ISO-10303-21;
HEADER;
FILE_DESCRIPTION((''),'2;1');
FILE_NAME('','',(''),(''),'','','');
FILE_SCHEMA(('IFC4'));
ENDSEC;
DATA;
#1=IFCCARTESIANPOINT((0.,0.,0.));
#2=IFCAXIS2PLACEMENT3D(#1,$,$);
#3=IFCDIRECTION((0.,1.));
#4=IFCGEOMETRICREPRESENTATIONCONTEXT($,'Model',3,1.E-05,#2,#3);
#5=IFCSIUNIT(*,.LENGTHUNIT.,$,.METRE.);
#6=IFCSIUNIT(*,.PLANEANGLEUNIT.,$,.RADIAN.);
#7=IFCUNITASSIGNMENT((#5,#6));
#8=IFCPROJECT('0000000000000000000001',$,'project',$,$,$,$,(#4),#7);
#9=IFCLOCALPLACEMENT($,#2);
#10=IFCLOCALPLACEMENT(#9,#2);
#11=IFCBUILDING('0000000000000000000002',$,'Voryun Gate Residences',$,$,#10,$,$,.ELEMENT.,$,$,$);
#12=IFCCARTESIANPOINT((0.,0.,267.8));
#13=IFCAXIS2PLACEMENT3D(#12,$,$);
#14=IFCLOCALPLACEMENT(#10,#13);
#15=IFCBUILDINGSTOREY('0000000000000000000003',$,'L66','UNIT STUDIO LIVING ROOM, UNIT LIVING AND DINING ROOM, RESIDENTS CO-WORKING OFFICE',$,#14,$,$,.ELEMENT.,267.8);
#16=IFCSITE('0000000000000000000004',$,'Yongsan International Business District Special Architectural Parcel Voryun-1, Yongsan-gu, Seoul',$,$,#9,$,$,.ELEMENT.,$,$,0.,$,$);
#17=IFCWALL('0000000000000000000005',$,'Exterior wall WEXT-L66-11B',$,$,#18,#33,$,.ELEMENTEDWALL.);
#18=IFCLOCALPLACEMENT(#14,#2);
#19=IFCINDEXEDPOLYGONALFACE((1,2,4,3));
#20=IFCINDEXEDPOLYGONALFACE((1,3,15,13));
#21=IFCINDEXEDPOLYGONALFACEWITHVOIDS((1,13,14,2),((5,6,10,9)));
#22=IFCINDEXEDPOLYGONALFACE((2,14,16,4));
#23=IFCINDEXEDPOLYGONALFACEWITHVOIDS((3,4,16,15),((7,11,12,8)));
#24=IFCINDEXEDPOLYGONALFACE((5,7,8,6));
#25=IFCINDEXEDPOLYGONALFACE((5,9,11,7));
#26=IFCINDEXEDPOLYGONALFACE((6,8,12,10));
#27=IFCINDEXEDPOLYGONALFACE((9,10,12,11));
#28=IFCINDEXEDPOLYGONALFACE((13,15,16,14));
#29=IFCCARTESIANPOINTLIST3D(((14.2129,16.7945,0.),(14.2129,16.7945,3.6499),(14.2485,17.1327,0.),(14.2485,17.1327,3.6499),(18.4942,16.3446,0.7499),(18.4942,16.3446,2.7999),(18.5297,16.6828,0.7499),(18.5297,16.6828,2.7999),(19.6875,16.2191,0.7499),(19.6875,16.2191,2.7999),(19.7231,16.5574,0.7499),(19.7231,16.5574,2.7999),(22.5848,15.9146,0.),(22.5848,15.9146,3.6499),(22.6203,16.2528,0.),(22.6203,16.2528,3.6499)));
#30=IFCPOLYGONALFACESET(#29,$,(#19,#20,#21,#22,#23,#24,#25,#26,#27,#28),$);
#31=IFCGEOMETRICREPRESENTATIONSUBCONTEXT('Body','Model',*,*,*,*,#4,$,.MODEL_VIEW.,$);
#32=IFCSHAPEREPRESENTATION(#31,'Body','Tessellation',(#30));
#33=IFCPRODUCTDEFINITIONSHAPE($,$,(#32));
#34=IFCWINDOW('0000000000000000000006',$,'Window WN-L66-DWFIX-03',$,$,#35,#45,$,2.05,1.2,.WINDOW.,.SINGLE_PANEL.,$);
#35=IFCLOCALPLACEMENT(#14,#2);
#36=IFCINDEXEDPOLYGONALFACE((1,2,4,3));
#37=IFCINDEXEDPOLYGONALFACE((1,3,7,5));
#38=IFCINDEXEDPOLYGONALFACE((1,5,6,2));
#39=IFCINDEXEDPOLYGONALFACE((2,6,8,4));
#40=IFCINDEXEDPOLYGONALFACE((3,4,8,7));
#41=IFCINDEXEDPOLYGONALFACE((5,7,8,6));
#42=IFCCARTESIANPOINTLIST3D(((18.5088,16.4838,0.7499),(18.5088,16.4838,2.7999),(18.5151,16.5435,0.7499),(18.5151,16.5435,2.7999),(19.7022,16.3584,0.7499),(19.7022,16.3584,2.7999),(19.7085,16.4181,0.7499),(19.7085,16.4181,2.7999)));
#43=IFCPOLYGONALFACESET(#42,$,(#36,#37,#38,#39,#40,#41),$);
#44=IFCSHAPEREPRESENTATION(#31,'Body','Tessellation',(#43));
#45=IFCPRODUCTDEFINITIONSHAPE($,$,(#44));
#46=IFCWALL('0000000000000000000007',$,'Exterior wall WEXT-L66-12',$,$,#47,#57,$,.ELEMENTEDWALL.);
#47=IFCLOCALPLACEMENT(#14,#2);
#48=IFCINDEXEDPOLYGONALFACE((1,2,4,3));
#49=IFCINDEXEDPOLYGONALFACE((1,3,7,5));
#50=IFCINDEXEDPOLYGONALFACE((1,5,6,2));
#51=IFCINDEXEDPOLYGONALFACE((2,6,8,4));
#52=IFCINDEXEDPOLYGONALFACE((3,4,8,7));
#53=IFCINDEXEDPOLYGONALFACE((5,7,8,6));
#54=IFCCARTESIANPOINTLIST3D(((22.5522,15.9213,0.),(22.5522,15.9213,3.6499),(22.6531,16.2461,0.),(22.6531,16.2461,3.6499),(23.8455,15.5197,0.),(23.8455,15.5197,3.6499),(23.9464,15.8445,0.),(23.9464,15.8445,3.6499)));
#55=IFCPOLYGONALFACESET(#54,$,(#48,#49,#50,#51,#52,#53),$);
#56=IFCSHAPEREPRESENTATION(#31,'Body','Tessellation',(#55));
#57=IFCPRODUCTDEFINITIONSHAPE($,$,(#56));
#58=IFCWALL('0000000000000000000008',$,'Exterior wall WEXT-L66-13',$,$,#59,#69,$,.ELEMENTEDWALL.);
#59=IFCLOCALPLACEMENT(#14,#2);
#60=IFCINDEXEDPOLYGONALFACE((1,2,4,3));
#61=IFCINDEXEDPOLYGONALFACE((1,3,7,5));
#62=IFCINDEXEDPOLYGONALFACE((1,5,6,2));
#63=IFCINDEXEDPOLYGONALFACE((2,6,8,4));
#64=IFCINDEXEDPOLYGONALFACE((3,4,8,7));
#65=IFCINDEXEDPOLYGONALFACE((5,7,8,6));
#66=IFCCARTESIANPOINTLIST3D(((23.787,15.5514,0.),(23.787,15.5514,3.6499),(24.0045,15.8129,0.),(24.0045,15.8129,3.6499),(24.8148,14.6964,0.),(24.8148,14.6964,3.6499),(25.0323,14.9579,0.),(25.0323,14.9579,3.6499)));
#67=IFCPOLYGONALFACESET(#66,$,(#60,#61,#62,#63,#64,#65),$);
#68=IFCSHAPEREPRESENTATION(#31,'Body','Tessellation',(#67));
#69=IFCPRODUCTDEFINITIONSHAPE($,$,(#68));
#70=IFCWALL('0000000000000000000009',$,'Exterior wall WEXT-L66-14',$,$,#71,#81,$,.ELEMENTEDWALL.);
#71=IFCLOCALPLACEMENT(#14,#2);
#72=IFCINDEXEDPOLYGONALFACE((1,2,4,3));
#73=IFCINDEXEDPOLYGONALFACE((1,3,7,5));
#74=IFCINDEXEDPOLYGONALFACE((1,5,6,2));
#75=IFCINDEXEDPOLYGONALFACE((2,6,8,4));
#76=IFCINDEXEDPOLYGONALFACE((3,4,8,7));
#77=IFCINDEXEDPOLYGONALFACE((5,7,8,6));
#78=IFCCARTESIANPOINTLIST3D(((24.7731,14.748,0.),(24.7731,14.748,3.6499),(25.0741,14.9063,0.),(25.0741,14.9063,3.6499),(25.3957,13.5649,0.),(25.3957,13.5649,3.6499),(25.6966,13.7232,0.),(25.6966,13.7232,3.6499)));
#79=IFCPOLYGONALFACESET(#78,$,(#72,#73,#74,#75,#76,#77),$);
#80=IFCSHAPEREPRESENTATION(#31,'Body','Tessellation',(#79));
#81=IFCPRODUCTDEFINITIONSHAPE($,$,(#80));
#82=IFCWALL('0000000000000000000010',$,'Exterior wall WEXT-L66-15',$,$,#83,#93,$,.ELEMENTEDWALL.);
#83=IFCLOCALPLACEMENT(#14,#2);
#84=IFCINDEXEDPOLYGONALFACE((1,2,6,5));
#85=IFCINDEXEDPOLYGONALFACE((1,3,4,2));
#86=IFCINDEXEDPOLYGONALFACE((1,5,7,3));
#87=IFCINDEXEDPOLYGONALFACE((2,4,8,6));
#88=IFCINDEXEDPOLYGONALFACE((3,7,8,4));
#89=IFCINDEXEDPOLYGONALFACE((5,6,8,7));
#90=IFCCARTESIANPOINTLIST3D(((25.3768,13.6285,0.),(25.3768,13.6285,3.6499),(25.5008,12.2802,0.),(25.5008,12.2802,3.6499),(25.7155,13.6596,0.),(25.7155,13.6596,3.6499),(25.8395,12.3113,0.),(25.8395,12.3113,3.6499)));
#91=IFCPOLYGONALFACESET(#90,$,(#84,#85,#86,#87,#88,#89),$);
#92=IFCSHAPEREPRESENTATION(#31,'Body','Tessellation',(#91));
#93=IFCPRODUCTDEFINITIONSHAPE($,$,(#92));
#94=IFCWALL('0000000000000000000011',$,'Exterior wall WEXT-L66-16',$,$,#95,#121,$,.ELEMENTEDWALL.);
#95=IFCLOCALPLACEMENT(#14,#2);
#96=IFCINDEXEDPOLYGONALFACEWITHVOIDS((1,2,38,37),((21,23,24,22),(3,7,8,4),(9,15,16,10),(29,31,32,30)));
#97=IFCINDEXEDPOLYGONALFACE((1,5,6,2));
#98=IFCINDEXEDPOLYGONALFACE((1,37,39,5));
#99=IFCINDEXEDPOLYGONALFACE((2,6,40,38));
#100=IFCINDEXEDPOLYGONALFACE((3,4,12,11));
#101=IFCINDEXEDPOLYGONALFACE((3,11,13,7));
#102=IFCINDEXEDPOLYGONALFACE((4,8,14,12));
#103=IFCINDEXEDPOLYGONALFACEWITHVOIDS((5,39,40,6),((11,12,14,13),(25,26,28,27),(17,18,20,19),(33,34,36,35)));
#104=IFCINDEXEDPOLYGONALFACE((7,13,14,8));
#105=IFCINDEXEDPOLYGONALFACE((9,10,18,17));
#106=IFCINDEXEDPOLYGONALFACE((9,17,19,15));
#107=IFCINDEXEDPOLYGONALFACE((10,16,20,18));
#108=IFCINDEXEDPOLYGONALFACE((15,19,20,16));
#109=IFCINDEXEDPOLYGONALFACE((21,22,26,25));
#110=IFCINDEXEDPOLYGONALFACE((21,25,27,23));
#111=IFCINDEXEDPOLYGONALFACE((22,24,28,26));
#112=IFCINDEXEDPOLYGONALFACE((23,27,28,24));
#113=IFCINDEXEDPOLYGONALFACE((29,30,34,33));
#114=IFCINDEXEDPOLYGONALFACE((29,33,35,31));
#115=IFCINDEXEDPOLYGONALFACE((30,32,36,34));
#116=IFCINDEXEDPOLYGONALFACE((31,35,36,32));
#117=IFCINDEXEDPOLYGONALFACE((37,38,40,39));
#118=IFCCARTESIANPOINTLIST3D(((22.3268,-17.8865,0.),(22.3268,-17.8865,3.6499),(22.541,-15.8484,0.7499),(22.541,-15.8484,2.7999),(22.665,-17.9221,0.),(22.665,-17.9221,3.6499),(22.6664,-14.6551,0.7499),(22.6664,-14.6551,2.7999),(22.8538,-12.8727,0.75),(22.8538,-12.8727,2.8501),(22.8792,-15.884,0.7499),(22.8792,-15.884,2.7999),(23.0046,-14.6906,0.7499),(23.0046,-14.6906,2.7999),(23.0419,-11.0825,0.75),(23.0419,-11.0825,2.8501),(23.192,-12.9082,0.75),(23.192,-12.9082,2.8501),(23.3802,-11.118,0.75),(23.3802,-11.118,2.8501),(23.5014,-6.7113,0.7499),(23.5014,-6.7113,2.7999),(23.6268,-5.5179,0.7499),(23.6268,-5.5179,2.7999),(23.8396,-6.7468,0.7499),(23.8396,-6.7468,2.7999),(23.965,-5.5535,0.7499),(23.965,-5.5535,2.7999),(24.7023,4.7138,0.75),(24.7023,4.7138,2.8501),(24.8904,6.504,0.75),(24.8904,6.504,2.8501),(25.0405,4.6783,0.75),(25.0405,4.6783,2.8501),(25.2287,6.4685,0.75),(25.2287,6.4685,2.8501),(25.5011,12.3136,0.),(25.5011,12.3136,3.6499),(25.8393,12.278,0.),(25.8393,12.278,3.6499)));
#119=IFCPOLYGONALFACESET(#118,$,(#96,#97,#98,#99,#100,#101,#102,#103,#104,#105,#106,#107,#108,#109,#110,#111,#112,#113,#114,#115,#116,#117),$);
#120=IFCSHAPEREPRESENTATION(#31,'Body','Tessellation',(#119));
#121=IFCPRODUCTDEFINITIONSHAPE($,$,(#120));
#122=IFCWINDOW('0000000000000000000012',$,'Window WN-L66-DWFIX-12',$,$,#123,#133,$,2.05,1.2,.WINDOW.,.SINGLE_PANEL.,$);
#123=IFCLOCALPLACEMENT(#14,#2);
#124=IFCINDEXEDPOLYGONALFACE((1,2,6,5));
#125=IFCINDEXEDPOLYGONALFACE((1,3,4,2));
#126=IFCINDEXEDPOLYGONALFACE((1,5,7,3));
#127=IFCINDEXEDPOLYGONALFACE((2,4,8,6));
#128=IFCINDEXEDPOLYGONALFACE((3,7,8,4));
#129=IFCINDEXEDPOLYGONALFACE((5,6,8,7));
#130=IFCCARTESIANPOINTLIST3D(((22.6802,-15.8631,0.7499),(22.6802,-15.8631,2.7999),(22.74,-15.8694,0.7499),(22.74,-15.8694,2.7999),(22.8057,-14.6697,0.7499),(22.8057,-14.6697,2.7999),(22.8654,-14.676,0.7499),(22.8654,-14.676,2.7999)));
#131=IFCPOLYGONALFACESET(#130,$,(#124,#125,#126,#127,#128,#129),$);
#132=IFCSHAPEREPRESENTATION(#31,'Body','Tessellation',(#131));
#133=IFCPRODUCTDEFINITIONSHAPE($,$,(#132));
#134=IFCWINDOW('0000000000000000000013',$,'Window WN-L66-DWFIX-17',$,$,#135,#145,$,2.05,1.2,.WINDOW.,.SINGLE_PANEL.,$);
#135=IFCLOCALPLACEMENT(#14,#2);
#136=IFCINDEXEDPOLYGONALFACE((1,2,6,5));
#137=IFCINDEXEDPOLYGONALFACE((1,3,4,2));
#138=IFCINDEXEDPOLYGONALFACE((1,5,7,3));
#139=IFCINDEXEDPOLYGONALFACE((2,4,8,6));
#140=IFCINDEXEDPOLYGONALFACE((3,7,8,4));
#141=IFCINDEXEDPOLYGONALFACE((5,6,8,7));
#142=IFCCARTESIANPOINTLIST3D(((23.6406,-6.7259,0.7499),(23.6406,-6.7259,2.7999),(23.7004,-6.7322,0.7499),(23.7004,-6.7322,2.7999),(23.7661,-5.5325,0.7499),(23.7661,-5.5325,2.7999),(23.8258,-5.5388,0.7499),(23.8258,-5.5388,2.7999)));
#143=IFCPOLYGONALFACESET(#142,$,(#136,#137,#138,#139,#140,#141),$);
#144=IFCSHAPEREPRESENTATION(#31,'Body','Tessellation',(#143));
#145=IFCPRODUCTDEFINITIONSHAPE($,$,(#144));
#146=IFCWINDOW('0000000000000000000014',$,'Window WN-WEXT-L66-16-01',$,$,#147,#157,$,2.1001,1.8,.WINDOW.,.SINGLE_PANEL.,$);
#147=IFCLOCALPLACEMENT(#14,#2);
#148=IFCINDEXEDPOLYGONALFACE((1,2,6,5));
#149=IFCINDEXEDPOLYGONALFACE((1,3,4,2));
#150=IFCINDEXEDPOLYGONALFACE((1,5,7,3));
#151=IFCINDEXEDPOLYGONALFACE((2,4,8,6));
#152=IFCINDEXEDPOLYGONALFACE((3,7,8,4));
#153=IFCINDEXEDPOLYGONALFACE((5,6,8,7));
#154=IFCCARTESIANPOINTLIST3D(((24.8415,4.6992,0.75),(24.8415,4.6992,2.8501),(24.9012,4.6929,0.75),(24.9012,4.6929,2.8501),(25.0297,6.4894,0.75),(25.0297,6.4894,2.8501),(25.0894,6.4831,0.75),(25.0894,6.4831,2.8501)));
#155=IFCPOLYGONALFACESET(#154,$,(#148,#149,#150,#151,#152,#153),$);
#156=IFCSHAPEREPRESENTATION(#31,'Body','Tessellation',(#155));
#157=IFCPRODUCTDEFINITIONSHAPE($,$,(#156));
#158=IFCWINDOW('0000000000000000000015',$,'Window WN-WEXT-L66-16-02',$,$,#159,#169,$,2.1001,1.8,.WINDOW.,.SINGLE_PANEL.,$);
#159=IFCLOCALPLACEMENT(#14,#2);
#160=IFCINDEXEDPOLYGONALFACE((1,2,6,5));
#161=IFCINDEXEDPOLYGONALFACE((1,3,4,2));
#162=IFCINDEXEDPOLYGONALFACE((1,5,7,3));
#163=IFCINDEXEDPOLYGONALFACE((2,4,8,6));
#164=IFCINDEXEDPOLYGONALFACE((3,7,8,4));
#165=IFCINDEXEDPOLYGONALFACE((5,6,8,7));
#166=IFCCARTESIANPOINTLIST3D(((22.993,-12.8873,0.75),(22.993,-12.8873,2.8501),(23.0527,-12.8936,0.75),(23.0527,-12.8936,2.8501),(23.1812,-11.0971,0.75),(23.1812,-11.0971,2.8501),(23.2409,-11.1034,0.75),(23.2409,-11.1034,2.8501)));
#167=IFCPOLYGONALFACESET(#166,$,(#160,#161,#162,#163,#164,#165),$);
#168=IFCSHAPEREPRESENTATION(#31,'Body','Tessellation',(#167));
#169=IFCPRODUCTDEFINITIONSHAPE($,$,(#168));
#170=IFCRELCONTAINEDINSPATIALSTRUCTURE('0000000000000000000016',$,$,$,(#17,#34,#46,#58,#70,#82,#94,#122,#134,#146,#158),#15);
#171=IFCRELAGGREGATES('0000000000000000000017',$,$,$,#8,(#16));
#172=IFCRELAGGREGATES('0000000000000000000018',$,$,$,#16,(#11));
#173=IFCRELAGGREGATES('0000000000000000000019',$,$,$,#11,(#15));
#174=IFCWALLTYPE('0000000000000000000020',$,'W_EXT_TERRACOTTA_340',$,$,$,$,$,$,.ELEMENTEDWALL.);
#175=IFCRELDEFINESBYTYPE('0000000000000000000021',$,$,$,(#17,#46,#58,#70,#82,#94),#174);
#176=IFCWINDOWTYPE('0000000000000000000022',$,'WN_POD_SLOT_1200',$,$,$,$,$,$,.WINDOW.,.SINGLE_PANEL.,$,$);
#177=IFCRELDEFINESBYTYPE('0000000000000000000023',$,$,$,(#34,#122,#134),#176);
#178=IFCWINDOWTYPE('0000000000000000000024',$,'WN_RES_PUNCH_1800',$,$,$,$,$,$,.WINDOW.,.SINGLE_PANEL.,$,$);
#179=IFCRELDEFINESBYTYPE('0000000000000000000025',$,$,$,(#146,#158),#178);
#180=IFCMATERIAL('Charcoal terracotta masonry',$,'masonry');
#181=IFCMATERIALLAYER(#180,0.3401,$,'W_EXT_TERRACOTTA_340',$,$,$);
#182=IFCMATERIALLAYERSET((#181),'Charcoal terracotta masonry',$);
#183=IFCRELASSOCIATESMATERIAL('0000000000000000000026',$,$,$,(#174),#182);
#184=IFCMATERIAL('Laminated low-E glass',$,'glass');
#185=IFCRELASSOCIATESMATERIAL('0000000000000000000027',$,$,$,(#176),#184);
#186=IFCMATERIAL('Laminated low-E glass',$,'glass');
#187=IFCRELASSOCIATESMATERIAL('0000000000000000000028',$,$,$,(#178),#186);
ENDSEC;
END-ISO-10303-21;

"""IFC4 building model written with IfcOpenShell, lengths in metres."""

from ifc_helpers import new_model, si_unit, direction, frame, frame_2d, origin, place, context, subcontext, project, spatial, rectangle, extrude, material, layer, layer_set, type_object, element, fill, save


model = new_model("IFC4")

# Units and contexts
model_context = context("Model", 3, precision=1e-05, world=origin(), true_north=direction((0.0, 1.0)))
body_context = subcontext(model_context, "Body", "Model", "MODEL_VIEW")
ifc_project = project(units=[si_unit("LENGTHUNIT", "METRE"), si_unit("PLANEANGLEUNIT", "RADIAN")], contexts=[model_context])

# Site, building, storey
site_placement = place(None, origin())
site = spatial("IfcSite", under=ifc_project, at=site_placement, Name="Yongsan International Business District Special Architectural Parcel Voryun-1, Yongsan-gu, Seoul", CompositionType="ELEMENT", RefElevation=0.0)
building_placement = place(site_placement, origin())
building = spatial("IfcBuilding", under=site, at=building_placement, Name="Voryun Gate Residences", CompositionType="ELEMENT")
storey_placement = place(building_placement, frame((0.0, 0.0, 267.8)))
storey = spatial("IfcBuildingStorey", under=building, at=storey_placement, Name="L66", Description="UNIT STUDIO LIVING ROOM, UNIT LIVING AND DINING ROOM, RESIDENTS CO-WORKING OFFICE", CompositionType="ELEMENT", Elevation=267.8)

# Wall, opening, window
ifc_material_1 = material(Name="Charcoal terracotta masonry", Category="masonry")
ifc_layer_1 = layer(ifc_material_1, 0.3401, Name="W_EXT_TERRACOTTA_340")
ifc_layer_set_1 = layer_set([ifc_layer_1], Name="Charcoal terracotta masonry")
wall_type_1 = type_object("IfcWallType", Name="W_EXT_TERRACOTTA_340", PredefinedType="ELEMENTEDWALL", material=ifc_layer_set_1)
wall_1_placement = place(storey_placement, frame((14.2307, 16.9636, 0.0), z_axis=(0.0, 0.0, 1.0), x_axis=(0.994522, -0.104525, 0.0)))
wall_1 = element("IfcWall", 1, at=wall_1_placement, inside=storey, type_object=wall_type_1, Name="Exterior wall WEXT-L66-11B", PredefinedType="ELEMENTEDWALL", context=body_context, shape_type="SweptSolid", body=[
    extrude(rectangle(XDim=8.418, YDim=0.3401, at=frame_2d((4.209, 0.0))), origin(), (0.0, 0.0, 1.0), 3.6499),
])
opening_1_placement = place(wall_1_placement, frame((4.3047, 0.0, 0.75)))
opening_1 = element("IfcOpeningElement", 2, at=opening_1_placement, cuts=wall_1, PredefinedType="OPENING", context=body_context, shape_type="SweptSolid", body=[
    extrude(rectangle(XDim=1.2, YDim=2.05, at=frame_2d((0.6001, 1.0249))), frame((0.0, 0.1799, 0.0), z_axis=(0.0, -1.0, 0.0), x_axis=(1.0, 0.0, 0.0)), (0.0, 0.0, 1.0), 0.3601),
])
ifc_material_2 = material(Name="Laminated low-E glass", Category="glass")
window_type_1 = type_object("IfcWindowType", Name="WN_POD_SLOT_1200", PartitioningType="SINGLE_PANEL", PredefinedType="WINDOW", material=ifc_material_2)
window_1_placement = place(opening_1_placement, origin())
window_1 = element("IfcWindow", 3, at=window_1_placement, inside=storey, type_object=window_type_1, Name="Window WN-L66-DWFIX-03", OverallHeight=2.05, OverallWidth=1.2, PartitioningType="SINGLE_PANEL", PredefinedType="WINDOW", context=body_context, shape_type="SweptSolid", body=[
    extrude(rectangle(XDim=1.2, YDim=2.05, at=frame_2d((0.6001, 1.0249))), frame((0.0, 0.03, 0.0), z_axis=(0.0, -1.0, 0.0), x_axis=(1.0, 0.0, 0.0)), (0.0, 0.0, 1.0), 0.0601),
])
fill(opening_1, window_1)

# Walls
wall_2_placement = place(storey_placement, frame((22.6025, 16.0837, 0.0), z_axis=(0.0, 0.0, 1.0), x_axis=(0.955008, -0.296581, 0.0)))
element("IfcWall", 4, at=wall_2_placement, inside=storey, type_object=wall_type_1, Name="Exterior wall WEXT-L66-12", PredefinedType="ELEMENTEDWALL", context=body_context, shape_type="SweptSolid", body=[
    extrude(rectangle(XDim=1.3542, YDim=0.3401, at=frame_2d((0.6772, 0.0))), origin(), (0.0, 0.0, 1.0), 3.6499),
])
for number, where, z_axis, x_axis, name in (
    (5, (23.8958, 15.6821, 0.0), (0.0, 0.0, 1.0), (0.76879, -0.639502, 0.0), "Exterior wall WEXT-L66-13"),
    (6, (24.9236, 14.8271, 0.0), (0.0, 0.0, 1.0), (0.465671, -0.884958, 0.0), "Exterior wall WEXT-L66-14"),
):
    element("IfcWall", number, at=place(storey_placement, frame(where, z_axis=z_axis, x_axis=x_axis)), inside=storey, type_object=wall_type_1, Name=name, PredefinedType="ELEMENTEDWALL", context=body_context, shape_type="SweptSolid", body=[
        extrude(rectangle(XDim=1.3369, YDim=0.3401, at=frame_2d((0.6685, 0.0))), origin(), (0.0, 0.0, 1.0), 3.6499),
    ])
wall_3_placement = place(storey_placement, frame((25.5461, 13.644, 0.0), z_axis=(0.0, 0.0, 1.0), x_axis=(0.091592, -0.995797, 0.0)))
element("IfcWall", 7, at=wall_3_placement, inside=storey, type_object=wall_type_1, Name="Exterior wall WEXT-L66-15", PredefinedType="ELEMENTEDWALL", context=body_context, shape_type="SweptSolid", body=[
    extrude(rectangle(XDim=1.354, YDim=0.3401, at=frame_2d((0.677, 0.0))), origin(), (0.0, 0.0, 1.0), 3.6499),
])

# Wall, openings, windows
wall_4_placement = place(storey_placement, frame((25.6702, 12.2957, 0.0), z_axis=(0.0, 0.0, 1.0), x_axis=(-0.104533, -0.994521, 0.0)))
wall_4 = element("IfcWall", 8, at=wall_4_placement, inside=storey, type_object=wall_type_1, Name="Exterior wall WEXT-L66-16", PredefinedType="ELEMENTEDWALL", context=body_context, shape_type="SweptSolid", body=[
    extrude(rectangle(XDim=30.3665, YDim=0.3401, at=frame_2d((15.1831, 0.0))), origin(), (0.0, 0.0, 1.0), 3.6499),
])
opening_2_placement = place(wall_4_placement, frame((5.8416, 0.0, 0.75)))
opening_2 = element("IfcOpeningElement", 9, at=opening_2_placement, cuts=wall_4, PredefinedType="OPENING", context=body_context, shape_type="SweptSolid", body=[
    extrude(rectangle(XDim=1.8, YDim=2.1001, at=frame_2d((0.8999, 1.05))), frame((0.0, 0.1799, 0.0), z_axis=(0.0, -1.0, 0.0), x_axis=(1.0, 0.0, 0.0)), (0.0, 0.0, 1.0), 0.3601),
])
opening_3_placement = place(wall_4_placement, frame((23.5249, 0.0, 0.75)))
opening_3 = element("IfcOpeningElement", 10, at=opening_3_placement, cuts=wall_4, PredefinedType="OPENING", context=body_context, shape_type="SweptSolid", body=[
    extrude(rectangle(XDim=1.8, YDim=2.1001, at=frame_2d((0.8999, 1.05))), frame((0.0, 0.1799, 0.0), z_axis=(0.0, -1.0, 0.0), x_axis=(1.0, 0.0, 0.0)), (0.0, 0.0, 1.0), 0.3601),
])
opening_4_placement = place(wall_4_placement, frame((27.1169, 0.0, 0.75)))
opening_4 = element("IfcOpeningElement", 11, at=opening_4_placement, cuts=wall_4, PredefinedType="OPENING", context=body_context, shape_type="SweptSolid", body=[
    extrude(rectangle(XDim=1.2, YDim=2.05, at=frame_2d((0.6001, 1.0249))), frame((0.0, 0.1799, 0.0), z_axis=(0.0, -1.0, 0.0), x_axis=(1.0, 0.0, 0.0)), (0.0, 0.0, 1.0), 0.3601),
])
opening_5_placement = place(wall_4_placement, frame((17.9294, 0.0, 0.75)))
opening_5 = element("IfcOpeningElement", 12, at=opening_5_placement, cuts=wall_4, PredefinedType="OPENING", context=body_context, shape_type="SweptSolid", body=[
    extrude(rectangle(XDim=1.2, YDim=2.05, at=frame_2d((0.6001, 1.0249))), frame((0.0, 0.1799, 0.0), z_axis=(0.0, -1.0, 0.0), x_axis=(1.0, 0.0, 0.0)), (0.0, 0.0, 1.0), 0.3601),
])
window_2_placement = place(opening_4_placement, origin())
window_2 = element("IfcWindow", 13, at=window_2_placement, inside=storey, type_object=window_type_1, Name="Window WN-L66-DWFIX-12", OverallHeight=2.05, OverallWidth=1.2, PartitioningType="SINGLE_PANEL", PredefinedType="WINDOW", context=body_context, shape_type="SweptSolid", body=[
    extrude(rectangle(XDim=1.2, YDim=2.05, at=frame_2d((0.6001, 1.0249))), frame((0.0, 0.03, 0.0), z_axis=(0.0, -1.0, 0.0), x_axis=(1.0, 0.0, 0.0)), (0.0, 0.0, 1.0), 0.0601),
])
fill(opening_4, window_2)
window_3_placement = place(opening_5_placement, origin())
window_3 = element("IfcWindow", 14, at=window_3_placement, inside=storey, type_object=window_type_1, Name="Window WN-L66-DWFIX-17", OverallHeight=2.05, OverallWidth=1.2, PartitioningType="SINGLE_PANEL", PredefinedType="WINDOW", context=body_context, shape_type="SweptSolid", body=[
    extrude(rectangle(XDim=1.2, YDim=2.05, at=frame_2d((0.6001, 1.0249))), frame((0.0, 0.03, 0.0), z_axis=(0.0, -1.0, 0.0), x_axis=(1.0, 0.0, 0.0)), (0.0, 0.0, 1.0), 0.0601),
])
fill(opening_5, window_3)
ifc_material_3 = material(Name="Laminated low-E glass", Category="glass")
window_type_2 = type_object("IfcWindowType", Name="WN_RES_PUNCH_1800", PartitioningType="SINGLE_PANEL", PredefinedType="WINDOW", material=ifc_material_3)
window_4_placement = place(opening_2_placement, origin())
window_4 = element("IfcWindow", 15, at=window_4_placement, inside=storey, type_object=window_type_2, Name="Window WN-WEXT-L66-16-01", OverallHeight=2.1001, OverallWidth=1.8, PartitioningType="SINGLE_PANEL", PredefinedType="WINDOW", context=body_context, shape_type="SweptSolid", body=[
    extrude(rectangle(XDim=1.8, YDim=2.1001, at=frame_2d((0.8999, 1.05))), frame((0.0, 0.03, 0.0), z_axis=(0.0, -1.0, 0.0), x_axis=(1.0, 0.0, 0.0)), (0.0, 0.0, 1.0), 0.0601),
])
fill(opening_2, window_4)
window_5_placement = place(opening_3_placement, origin())
window_5 = element("IfcWindow", 16, at=window_5_placement, inside=storey, type_object=window_type_2, Name="Window WN-WEXT-L66-16-02", OverallHeight=2.1001, OverallWidth=1.8, PartitioningType="SINGLE_PANEL", PredefinedType="WINDOW", context=body_context, shape_type="SweptSolid", body=[
    extrude(rectangle(XDim=1.8, YDim=2.1001, at=frame_2d((0.8999, 1.05))), frame((0.0, 0.03, 0.0), z_axis=(0.0, -1.0, 0.0), x_axis=(1.0, 0.0, 0.0)), (0.0, 0.0, 1.0), 0.0601),
])
fill(opening_3, window_5)

save(model, "model.ifc")
